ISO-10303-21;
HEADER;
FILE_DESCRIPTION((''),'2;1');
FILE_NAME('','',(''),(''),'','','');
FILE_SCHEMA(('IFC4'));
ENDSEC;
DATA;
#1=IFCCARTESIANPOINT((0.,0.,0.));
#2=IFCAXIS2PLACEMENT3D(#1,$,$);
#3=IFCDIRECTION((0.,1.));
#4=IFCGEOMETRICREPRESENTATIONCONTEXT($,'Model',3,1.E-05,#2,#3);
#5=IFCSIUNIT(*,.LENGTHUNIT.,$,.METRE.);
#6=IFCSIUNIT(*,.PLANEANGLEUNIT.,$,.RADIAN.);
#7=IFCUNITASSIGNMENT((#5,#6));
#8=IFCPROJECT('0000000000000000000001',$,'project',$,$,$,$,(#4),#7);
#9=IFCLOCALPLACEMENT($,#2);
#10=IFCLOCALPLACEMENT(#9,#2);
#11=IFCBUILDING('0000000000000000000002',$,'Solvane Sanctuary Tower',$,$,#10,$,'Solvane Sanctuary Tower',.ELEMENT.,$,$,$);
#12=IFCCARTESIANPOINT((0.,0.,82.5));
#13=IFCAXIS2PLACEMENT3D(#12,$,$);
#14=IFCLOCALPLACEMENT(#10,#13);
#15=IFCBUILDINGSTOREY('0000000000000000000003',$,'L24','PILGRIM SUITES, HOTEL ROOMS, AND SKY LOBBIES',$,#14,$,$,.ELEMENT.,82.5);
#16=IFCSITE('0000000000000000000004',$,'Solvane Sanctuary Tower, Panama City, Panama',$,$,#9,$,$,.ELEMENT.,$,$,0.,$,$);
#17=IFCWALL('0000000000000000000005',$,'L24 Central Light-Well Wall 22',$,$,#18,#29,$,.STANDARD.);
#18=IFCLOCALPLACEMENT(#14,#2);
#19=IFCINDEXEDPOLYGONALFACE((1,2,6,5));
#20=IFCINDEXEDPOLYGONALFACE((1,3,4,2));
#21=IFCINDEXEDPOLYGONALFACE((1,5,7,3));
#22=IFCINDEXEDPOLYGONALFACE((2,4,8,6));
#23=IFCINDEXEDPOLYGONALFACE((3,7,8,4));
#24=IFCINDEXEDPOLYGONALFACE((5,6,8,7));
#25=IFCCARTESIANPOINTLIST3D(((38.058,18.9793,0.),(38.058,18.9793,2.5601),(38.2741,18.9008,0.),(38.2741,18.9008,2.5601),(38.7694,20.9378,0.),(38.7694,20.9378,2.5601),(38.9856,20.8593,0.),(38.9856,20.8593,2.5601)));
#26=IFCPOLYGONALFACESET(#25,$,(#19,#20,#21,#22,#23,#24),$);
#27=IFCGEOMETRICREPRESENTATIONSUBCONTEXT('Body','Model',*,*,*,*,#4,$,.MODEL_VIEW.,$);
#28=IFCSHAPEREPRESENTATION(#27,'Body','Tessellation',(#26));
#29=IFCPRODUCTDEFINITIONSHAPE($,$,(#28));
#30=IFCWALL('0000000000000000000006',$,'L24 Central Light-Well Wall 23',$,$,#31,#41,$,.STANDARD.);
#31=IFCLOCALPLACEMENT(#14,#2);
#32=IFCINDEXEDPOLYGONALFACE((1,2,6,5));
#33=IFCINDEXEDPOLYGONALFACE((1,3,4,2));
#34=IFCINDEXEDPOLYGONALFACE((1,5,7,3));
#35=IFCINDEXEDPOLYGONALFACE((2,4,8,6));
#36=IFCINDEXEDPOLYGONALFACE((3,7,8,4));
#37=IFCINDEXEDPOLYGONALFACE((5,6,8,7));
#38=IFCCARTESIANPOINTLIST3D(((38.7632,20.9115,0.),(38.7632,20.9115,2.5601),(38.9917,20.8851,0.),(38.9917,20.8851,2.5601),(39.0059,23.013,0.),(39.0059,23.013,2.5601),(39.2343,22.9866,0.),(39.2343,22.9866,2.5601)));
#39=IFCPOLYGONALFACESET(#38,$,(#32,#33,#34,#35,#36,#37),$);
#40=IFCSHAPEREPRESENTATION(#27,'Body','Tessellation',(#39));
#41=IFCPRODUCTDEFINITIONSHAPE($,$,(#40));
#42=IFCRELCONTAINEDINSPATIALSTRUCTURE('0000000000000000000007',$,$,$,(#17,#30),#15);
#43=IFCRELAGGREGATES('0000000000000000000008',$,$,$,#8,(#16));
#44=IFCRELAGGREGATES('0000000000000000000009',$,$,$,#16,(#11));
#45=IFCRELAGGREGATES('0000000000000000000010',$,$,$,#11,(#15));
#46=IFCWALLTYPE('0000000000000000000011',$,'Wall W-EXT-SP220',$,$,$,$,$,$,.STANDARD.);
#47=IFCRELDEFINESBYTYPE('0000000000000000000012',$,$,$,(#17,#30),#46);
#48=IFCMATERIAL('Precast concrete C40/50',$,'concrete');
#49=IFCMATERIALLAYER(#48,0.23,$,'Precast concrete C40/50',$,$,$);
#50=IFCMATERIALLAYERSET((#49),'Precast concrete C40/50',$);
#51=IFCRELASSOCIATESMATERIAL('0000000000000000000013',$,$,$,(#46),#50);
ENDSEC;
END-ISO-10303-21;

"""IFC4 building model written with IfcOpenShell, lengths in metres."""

from ifc_helpers import new_model, si_unit, direction, frame, frame_2d, origin, place, context, subcontext, project, spatial, rectangle, extrude, material, layer, layer_set, type_object, element, save


model = new_model("IFC4")

# Units and contexts
model_context = context("Model", 3, precision=1e-05, world=origin(), true_north=direction((0.0, 1.0)))
body_context = subcontext(model_context, "Body", "Model", "MODEL_VIEW")
ifc_project = project(units=[si_unit("LENGTHUNIT", "METRE"), si_unit("PLANEANGLEUNIT", "RADIAN")], contexts=[model_context])

# Site, building, storey
site_placement = place(None, origin())
site = spatial("IfcSite", under=ifc_project, at=site_placement, Name="Solvane Sanctuary Tower, Panama City, Panama", CompositionType="ELEMENT", RefElevation=0.0)
building_placement = place(site_placement, origin())
building = spatial("IfcBuilding", under=site, at=building_placement, Name="Solvane Sanctuary Tower", LongName="Solvane Sanctuary Tower", CompositionType="ELEMENT")
storey_placement = place(building_placement, frame((0.0, 0.0, 82.5)))
storey = spatial("IfcBuildingStorey", under=building, at=storey_placement, Name="L24", Description="PILGRIM SUITES, HOTEL ROOMS, AND SKY LOBBIES", CompositionType="ELEMENT", Elevation=82.5)

# Walls
ifc_material_1 = material(Name="Precast concrete C40/50", Category="concrete")
ifc_layer_1 = layer(ifc_material_1, 0.23, Name="Precast concrete C40/50")
ifc_layer_set_1 = layer_set([ifc_layer_1], Name="Precast concrete C40/50")
wall_type_1 = type_object("IfcWallType", Name="Wall W-EXT-SP220", PredefinedType="STANDARD", material=ifc_layer_set_1)
wall_1_placement = place(storey_placement, frame((38.166, 18.9399, 0.0), z_axis=(0.0, 0.0, 1.0), x_axis=(0.341423, 0.93991, 0.0)))
element("IfcWall", 1, at=wall_1_placement, inside=storey, type_object=wall_type_1, Name="L24 Central Light-Well Wall 22", PredefinedType="STANDARD", context=body_context, shape_type="SweptSolid", body=[
    extrude(rectangle(XDim=2.0837, YDim=0.23, at=frame_2d((1.042, 0.0))), origin(), (0.0, 0.0, 1.0), 2.5601),
])
wall_2_placement = place(storey_placement, frame((38.8774, 20.8984, 0.0), z_axis=(0.0, 0.0, 1.0), x_axis=(0.114712, 0.993399, 0.0)))
element("IfcWall", 2, at=wall_2_placement, inside=storey, type_object=wall_type_1, Name="L24 Central Light-Well Wall 23", PredefinedType="STANDARD", context=body_context, shape_type="SweptSolid", body=[
    extrude(rectangle(XDim=2.1155, YDim=0.23, at=frame_2d((1.0576, 0.0))), origin(), (0.0, 0.0, 1.0), 2.5601),
])

save(model, "model.ifc")
